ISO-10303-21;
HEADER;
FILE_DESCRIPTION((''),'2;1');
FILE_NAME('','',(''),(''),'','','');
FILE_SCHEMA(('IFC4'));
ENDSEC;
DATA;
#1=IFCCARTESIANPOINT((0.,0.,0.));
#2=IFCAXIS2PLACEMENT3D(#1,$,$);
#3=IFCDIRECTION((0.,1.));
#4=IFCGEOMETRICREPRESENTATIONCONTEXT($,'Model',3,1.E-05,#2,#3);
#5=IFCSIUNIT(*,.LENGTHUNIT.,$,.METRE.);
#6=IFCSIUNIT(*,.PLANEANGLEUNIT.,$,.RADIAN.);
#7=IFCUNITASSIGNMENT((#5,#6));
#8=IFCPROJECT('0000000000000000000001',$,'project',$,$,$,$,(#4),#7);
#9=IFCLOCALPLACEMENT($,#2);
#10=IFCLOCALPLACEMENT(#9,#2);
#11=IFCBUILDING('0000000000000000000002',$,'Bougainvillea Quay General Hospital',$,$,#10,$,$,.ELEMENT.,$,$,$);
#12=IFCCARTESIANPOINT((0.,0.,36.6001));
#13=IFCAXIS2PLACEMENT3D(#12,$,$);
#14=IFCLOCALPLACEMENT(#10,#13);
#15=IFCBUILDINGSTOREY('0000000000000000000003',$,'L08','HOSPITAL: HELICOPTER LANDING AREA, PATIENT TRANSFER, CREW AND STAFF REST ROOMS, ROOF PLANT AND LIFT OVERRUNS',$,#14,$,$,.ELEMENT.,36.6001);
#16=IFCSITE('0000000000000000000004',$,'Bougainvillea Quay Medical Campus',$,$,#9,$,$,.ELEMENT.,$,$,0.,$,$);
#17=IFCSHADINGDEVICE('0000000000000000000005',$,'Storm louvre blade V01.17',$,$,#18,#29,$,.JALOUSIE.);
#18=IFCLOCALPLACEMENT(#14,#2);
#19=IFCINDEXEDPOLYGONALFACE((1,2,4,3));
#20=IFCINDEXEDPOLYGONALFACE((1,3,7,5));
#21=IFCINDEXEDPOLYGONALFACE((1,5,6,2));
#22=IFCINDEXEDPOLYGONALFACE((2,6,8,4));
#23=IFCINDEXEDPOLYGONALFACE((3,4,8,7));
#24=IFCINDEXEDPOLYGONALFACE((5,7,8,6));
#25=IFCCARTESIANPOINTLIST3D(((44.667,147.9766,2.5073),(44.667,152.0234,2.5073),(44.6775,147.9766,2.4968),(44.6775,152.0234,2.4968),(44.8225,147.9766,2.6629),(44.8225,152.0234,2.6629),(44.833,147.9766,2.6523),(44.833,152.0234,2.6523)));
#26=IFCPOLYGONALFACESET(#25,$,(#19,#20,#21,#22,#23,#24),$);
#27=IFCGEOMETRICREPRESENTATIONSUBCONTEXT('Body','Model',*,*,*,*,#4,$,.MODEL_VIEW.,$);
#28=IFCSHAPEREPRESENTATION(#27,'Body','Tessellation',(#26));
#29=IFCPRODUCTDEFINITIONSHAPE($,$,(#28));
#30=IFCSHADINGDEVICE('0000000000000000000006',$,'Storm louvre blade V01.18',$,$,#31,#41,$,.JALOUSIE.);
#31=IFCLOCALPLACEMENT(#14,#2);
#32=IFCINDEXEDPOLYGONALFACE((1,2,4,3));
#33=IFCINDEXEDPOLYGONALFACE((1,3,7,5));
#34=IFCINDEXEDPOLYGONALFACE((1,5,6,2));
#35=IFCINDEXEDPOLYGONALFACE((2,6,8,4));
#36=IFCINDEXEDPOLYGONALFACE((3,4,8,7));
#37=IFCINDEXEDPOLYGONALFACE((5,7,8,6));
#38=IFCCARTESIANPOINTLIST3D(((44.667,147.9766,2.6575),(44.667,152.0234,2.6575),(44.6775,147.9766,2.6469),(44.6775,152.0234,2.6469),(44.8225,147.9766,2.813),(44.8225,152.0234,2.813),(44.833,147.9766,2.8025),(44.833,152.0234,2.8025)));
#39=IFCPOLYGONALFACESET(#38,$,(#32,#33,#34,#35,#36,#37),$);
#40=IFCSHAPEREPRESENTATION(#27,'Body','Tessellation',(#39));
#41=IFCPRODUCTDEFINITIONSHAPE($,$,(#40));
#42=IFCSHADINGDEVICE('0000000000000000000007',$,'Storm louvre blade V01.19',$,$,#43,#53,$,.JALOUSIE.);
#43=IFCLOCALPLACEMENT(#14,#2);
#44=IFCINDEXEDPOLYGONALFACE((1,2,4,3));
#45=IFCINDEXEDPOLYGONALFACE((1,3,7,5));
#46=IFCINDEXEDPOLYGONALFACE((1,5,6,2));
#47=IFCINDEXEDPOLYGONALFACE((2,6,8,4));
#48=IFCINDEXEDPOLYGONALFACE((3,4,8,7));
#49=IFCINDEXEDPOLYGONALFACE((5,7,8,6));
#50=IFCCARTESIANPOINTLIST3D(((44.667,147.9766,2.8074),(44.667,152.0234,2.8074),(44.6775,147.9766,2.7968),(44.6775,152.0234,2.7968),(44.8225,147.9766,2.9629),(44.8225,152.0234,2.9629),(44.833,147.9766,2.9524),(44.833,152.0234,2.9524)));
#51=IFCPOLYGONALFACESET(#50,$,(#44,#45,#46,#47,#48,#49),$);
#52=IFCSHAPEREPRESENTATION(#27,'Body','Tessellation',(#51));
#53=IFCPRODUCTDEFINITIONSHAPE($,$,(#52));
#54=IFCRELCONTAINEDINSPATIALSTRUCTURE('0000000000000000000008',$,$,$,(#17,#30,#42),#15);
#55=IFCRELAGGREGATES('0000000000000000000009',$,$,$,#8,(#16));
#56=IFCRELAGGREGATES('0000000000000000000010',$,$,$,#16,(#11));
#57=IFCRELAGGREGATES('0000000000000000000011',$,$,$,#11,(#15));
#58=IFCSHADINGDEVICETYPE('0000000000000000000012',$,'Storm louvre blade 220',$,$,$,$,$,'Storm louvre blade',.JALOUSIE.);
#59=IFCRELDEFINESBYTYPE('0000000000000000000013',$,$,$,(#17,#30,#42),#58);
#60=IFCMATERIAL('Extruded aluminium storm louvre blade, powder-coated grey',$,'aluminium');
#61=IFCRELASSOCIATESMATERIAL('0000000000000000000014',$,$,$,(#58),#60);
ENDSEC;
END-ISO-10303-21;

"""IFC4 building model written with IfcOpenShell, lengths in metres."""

from ifc_helpers import new_model, si_unit, direction, frame, origin, origin_2d, place, context, subcontext, project, spatial, rectangle, extrude, material, material_profile, profile_set, type_object, element, save


model = new_model("IFC4")

# Units and contexts
model_context = context("Model", 3, precision=1e-05, world=origin(), true_north=direction((0.0, 1.0)))
body_context = subcontext(model_context, "Body", "Model", "MODEL_VIEW")
ifc_project = project(units=[si_unit("LENGTHUNIT", "METRE"), si_unit("PLANEANGLEUNIT", "RADIAN")], contexts=[model_context])

# Site, building, storey
site_placement = place(None, origin())
site = spatial("IfcSite", under=ifc_project, at=site_placement, Name="Bougainvillea Quay Medical Campus", CompositionType="ELEMENT", RefElevation=0.0)
building_placement = place(site_placement, origin())
building = spatial("IfcBuilding", under=site, at=building_placement, Name="Bougainvillea Quay General Hospital", CompositionType="ELEMENT")
storey_placement = place(building_placement, frame((0.0, 0.0, 36.6001)))
storey = spatial("IfcBuildingStorey", under=building, at=storey_placement, Name="L08", Description="HOSPITAL: HELICOPTER LANDING AREA, PATIENT TRANSFER, CREW AND STAFF REST ROOMS, ROOF PLANT AND LIFT OVERRUNS", CompositionType="ELEMENT", Elevation=36.6001)

# Shading devices
ifc_material_1 = material(Name="Extruded aluminium storm louvre blade, powder-coated grey", Category="aluminium")
ifc_material_profile_1 = material_profile(ifc_material_1, rectangle(XDim=0.22, YDim=0.0149, at=origin_2d()))
ifc_profile_set_1 = profile_set([ifc_material_profile_1], Name="Extruded aluminium storm louvre blade, powder-coated grey")
shading_device_type_1 = type_object("IfcShadingDeviceType", Name="Storm louvre blade 220", ElementType="Storm louvre blade", PredefinedType="JALOUSIE", material=ifc_profile_set_1)
for number, where, z_axis, x_axis, name in (
    (1, (44.75, 152.0234, 2.5798), (0.0, -1.0, 0.0), (0.707107, 0.0, 0.707107), "Storm louvre blade V01.17"),
    (2, (44.75, 152.0234, 2.73), (0.0, -1.0, 0.0), (0.707107, 0.0, 0.707107), "Storm louvre blade V01.18"),
    (3, (44.75, 152.0234, 2.8799), (0.0, -1.0, 0.0), (0.707107, 0.0, 0.707107), "Storm louvre blade V01.19"),
):
    element("IfcShadingDevice", number, at=place(storey_placement, frame(where, z_axis=z_axis, x_axis=x_axis)), inside=storey, type_object=shading_device_type_1, Name=name, PredefinedType="JALOUSIE", context=body_context, shape_type="SweptSolid", body=[
        extrude(rectangle(XDim=0.22, YDim=0.0149, at=origin_2d()), origin(), (0.0, 0.0, 1.0), 4.0469),
    ])

save(model, "model.ifc")
